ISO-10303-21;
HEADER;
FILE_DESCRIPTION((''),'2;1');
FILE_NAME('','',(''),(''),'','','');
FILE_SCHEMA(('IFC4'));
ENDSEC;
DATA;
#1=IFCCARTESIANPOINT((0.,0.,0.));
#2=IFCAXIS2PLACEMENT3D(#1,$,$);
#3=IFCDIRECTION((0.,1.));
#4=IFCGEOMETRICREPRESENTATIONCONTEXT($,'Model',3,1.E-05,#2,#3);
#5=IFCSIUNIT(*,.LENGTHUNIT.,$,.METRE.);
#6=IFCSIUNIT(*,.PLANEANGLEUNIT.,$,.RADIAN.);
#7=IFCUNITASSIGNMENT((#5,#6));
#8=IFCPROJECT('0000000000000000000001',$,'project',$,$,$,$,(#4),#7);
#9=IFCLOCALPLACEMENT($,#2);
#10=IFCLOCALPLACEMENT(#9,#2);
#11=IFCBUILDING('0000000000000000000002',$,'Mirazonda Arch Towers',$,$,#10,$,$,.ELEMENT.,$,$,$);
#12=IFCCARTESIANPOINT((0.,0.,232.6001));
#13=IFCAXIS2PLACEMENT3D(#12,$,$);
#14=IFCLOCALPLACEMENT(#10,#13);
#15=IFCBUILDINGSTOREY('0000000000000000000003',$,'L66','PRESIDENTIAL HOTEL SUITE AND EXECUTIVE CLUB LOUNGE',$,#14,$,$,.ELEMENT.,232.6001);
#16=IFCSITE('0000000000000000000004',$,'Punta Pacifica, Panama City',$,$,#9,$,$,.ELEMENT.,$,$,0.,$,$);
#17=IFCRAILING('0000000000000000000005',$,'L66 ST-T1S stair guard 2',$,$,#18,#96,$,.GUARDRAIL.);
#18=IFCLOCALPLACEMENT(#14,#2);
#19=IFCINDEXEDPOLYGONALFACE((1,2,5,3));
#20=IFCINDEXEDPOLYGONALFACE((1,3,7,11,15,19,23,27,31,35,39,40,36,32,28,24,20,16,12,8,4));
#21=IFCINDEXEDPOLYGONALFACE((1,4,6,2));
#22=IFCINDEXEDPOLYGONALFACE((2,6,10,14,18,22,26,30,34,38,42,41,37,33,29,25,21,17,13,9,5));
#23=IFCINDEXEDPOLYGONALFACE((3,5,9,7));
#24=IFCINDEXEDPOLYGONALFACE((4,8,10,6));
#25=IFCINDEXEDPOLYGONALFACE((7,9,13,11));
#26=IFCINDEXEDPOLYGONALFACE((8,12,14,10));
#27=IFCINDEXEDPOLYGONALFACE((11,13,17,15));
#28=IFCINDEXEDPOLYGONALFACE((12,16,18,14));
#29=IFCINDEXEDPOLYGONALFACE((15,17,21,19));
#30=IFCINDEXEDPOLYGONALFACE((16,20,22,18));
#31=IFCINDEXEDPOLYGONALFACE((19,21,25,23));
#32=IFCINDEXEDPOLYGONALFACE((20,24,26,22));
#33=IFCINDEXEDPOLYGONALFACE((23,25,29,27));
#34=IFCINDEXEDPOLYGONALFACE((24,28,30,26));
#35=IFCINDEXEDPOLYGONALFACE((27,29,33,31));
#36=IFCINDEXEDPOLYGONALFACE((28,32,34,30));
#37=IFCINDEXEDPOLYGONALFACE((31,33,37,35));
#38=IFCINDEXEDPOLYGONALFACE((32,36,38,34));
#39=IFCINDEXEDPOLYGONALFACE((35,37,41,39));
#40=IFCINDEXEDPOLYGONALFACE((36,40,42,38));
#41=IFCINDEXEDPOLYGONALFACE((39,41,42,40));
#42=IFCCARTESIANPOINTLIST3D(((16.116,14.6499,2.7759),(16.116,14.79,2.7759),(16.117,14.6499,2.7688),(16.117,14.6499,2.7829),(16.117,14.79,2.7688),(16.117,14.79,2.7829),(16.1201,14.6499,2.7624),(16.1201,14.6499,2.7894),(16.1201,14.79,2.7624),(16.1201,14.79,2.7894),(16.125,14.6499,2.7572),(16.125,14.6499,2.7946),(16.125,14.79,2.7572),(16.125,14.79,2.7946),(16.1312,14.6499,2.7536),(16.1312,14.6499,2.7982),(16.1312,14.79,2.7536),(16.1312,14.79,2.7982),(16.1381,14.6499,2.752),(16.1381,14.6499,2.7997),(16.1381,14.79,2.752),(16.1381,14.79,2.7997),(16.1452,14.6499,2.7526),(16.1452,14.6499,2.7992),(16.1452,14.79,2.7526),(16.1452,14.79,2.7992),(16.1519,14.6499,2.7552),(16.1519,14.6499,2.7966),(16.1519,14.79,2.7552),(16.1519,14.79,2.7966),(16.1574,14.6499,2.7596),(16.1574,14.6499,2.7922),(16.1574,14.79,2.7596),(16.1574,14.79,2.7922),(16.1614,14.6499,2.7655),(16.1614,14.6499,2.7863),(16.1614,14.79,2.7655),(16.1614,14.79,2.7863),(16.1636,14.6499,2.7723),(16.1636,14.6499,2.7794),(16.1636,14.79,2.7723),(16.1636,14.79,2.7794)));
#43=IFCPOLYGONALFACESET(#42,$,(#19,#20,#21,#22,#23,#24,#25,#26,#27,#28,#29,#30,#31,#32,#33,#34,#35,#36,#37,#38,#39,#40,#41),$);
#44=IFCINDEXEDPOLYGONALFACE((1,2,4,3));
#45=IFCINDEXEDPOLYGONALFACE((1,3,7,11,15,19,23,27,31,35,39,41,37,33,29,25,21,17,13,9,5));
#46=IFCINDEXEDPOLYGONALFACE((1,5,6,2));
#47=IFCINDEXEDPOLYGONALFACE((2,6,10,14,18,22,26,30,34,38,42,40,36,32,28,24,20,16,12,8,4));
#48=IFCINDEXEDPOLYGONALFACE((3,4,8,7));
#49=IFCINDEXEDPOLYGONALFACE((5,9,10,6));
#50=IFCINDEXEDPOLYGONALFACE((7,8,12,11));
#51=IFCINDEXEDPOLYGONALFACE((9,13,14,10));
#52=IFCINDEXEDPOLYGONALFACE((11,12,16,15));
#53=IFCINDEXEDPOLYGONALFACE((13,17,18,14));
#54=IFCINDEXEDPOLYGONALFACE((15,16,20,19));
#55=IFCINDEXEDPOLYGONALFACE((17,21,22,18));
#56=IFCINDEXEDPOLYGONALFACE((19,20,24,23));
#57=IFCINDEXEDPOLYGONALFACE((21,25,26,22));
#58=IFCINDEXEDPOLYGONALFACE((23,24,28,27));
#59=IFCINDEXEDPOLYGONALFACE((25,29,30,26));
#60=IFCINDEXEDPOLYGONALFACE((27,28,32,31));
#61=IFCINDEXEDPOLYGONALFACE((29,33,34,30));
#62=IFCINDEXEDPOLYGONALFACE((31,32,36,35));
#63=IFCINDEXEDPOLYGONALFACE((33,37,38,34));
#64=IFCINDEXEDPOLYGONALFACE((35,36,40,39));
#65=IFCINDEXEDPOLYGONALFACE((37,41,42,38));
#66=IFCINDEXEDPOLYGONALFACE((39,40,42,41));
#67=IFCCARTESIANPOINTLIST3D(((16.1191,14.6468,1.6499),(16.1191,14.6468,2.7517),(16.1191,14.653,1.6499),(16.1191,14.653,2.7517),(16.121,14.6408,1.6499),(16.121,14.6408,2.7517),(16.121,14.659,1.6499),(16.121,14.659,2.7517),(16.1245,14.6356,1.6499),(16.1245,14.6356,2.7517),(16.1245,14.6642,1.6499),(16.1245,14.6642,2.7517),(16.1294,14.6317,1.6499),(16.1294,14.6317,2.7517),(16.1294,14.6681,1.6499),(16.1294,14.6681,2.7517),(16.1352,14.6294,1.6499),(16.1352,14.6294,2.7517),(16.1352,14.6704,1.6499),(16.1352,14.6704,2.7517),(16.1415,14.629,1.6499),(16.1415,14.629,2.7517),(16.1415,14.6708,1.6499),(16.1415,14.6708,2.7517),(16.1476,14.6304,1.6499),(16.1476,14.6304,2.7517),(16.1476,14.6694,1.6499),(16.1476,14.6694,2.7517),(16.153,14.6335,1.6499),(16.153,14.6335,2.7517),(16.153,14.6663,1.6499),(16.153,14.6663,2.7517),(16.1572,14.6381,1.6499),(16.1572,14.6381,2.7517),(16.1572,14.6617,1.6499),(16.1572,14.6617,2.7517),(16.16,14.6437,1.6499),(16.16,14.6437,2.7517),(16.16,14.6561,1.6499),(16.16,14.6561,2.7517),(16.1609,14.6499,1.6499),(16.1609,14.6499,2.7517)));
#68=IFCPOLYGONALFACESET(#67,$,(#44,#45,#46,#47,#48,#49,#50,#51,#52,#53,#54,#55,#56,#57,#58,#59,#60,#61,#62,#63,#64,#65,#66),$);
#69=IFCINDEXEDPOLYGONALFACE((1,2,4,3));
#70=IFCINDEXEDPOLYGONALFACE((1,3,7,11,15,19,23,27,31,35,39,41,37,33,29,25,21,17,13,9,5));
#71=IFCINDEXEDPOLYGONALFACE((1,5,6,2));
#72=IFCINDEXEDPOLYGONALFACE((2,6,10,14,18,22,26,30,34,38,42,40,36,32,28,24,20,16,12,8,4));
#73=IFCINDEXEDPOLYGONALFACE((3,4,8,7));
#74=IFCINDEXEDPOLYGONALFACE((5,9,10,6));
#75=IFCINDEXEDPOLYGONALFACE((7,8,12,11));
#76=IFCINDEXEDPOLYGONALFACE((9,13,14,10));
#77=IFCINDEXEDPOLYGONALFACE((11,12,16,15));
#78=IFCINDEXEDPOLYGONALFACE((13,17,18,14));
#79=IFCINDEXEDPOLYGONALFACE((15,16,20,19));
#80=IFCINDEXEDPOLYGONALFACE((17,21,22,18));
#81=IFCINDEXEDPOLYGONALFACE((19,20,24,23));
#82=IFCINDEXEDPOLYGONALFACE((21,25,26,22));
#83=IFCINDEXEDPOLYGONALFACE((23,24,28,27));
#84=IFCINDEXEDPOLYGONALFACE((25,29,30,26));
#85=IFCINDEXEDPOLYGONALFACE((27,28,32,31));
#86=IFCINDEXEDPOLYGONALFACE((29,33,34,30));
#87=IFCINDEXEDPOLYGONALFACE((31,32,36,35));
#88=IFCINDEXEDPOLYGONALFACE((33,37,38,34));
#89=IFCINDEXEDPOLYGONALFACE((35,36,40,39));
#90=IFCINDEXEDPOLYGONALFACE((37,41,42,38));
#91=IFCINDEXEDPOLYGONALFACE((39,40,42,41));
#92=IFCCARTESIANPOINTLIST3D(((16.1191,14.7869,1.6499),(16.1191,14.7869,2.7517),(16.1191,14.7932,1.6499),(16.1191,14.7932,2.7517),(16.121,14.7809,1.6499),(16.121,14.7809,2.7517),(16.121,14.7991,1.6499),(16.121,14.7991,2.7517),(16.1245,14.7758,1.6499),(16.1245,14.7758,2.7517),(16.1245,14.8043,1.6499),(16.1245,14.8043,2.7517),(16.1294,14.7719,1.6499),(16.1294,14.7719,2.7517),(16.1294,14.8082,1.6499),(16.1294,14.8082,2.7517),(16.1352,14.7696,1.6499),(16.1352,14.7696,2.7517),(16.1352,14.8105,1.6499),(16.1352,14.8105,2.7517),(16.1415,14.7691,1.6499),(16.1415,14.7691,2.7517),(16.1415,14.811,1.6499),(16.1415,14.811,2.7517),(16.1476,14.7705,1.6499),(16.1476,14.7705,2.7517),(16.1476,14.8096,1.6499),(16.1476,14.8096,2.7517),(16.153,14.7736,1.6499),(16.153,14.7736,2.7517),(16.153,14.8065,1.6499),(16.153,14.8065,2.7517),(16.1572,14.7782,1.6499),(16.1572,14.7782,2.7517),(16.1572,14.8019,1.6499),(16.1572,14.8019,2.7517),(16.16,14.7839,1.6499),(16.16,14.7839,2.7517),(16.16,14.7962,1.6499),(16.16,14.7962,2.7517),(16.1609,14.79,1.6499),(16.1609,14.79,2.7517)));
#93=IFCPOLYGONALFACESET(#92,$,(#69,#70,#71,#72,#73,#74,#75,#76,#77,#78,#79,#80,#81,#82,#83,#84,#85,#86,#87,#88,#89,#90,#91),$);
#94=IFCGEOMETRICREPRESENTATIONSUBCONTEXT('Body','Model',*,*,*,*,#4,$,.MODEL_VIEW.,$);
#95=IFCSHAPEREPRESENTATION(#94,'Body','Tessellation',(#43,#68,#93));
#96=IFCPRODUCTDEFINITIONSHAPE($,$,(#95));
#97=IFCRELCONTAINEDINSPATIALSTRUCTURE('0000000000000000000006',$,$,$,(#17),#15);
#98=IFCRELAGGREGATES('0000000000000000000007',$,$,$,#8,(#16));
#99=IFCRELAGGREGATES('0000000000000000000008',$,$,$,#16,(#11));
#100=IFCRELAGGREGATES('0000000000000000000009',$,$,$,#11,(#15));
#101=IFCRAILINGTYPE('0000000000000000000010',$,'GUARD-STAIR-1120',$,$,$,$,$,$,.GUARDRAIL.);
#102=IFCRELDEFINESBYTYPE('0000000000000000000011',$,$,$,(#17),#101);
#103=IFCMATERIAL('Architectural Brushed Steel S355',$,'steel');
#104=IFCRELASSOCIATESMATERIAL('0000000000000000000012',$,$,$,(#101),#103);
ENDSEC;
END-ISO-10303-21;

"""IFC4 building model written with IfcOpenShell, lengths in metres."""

from ifc_helpers import new_model, si_unit, direction, frame, origin, origin_2d, place, context, subcontext, project, spatial, circle, extrude, material, type_object, element, save


model = new_model("IFC4")

# Units and contexts
model_context = context("Model", 3, precision=1e-05, world=origin(), true_north=direction((0.0, 1.0)))
body_context = subcontext(model_context, "Body", "Model", "MODEL_VIEW")
ifc_project = project(units=[si_unit("LENGTHUNIT", "METRE"), si_unit("PLANEANGLEUNIT", "RADIAN")], contexts=[model_context])

# Site, building, storey
site_placement = place(None, origin())
site = spatial("IfcSite", under=ifc_project, at=site_placement, Name="Punta Pacifica, Panama City", CompositionType="ELEMENT", RefElevation=0.0)
building_placement = place(site_placement, origin())
building = spatial("IfcBuilding", under=site, at=building_placement, Name="Mirazonda Arch Towers", CompositionType="ELEMENT")
storey_placement = place(building_placement, frame((0.0, 0.0, 232.6001)))
storey = spatial("IfcBuildingStorey", under=building, at=storey_placement, Name="L66", Description="PRESIDENTIAL HOTEL SUITE AND EXECUTIVE CLUB LOUNGE", CompositionType="ELEMENT", Elevation=232.6001)

# Shared definitions
ifc_material_1 = material(Name="Architectural Brushed Steel S355", Category="steel")

# Railing
railing_type_1 = type_object("IfcRailingType", Name="GUARD-STAIR-1120", PredefinedType="GUARDRAIL", material=ifc_material_1)
railing_1_placement = place(storey_placement, frame((16.1399, 14.6499, 1.6499)))
element("IfcRailing", 1, at=railing_1_placement, inside=storey, type_object=railing_type_1, Name="L66 ST-T1S stair guard 2", PredefinedType="GUARDRAIL", context=body_context, shape_type="SweptSolid", body=[
    extrude(circle(Radius=0.0239, at=origin_2d()), frame((0.0, 0.0, 1.126), z_axis=(0.0, 1.0, 0.0), x_axis=(-1.0, 0.0, 0.0)), (0.0, 0.0, 1.0), 0.1401),
    extrude(circle(Radius=0.021, at=origin_2d()), origin(), (0.0, 0.0, 1.0), 1.1018),
    extrude(circle(Radius=0.021, at=origin_2d()), frame((0.0, 0.1401, 0.0)), (0.0, 0.0, 1.0), 1.1018),
])

save(model, "model.ifc")
